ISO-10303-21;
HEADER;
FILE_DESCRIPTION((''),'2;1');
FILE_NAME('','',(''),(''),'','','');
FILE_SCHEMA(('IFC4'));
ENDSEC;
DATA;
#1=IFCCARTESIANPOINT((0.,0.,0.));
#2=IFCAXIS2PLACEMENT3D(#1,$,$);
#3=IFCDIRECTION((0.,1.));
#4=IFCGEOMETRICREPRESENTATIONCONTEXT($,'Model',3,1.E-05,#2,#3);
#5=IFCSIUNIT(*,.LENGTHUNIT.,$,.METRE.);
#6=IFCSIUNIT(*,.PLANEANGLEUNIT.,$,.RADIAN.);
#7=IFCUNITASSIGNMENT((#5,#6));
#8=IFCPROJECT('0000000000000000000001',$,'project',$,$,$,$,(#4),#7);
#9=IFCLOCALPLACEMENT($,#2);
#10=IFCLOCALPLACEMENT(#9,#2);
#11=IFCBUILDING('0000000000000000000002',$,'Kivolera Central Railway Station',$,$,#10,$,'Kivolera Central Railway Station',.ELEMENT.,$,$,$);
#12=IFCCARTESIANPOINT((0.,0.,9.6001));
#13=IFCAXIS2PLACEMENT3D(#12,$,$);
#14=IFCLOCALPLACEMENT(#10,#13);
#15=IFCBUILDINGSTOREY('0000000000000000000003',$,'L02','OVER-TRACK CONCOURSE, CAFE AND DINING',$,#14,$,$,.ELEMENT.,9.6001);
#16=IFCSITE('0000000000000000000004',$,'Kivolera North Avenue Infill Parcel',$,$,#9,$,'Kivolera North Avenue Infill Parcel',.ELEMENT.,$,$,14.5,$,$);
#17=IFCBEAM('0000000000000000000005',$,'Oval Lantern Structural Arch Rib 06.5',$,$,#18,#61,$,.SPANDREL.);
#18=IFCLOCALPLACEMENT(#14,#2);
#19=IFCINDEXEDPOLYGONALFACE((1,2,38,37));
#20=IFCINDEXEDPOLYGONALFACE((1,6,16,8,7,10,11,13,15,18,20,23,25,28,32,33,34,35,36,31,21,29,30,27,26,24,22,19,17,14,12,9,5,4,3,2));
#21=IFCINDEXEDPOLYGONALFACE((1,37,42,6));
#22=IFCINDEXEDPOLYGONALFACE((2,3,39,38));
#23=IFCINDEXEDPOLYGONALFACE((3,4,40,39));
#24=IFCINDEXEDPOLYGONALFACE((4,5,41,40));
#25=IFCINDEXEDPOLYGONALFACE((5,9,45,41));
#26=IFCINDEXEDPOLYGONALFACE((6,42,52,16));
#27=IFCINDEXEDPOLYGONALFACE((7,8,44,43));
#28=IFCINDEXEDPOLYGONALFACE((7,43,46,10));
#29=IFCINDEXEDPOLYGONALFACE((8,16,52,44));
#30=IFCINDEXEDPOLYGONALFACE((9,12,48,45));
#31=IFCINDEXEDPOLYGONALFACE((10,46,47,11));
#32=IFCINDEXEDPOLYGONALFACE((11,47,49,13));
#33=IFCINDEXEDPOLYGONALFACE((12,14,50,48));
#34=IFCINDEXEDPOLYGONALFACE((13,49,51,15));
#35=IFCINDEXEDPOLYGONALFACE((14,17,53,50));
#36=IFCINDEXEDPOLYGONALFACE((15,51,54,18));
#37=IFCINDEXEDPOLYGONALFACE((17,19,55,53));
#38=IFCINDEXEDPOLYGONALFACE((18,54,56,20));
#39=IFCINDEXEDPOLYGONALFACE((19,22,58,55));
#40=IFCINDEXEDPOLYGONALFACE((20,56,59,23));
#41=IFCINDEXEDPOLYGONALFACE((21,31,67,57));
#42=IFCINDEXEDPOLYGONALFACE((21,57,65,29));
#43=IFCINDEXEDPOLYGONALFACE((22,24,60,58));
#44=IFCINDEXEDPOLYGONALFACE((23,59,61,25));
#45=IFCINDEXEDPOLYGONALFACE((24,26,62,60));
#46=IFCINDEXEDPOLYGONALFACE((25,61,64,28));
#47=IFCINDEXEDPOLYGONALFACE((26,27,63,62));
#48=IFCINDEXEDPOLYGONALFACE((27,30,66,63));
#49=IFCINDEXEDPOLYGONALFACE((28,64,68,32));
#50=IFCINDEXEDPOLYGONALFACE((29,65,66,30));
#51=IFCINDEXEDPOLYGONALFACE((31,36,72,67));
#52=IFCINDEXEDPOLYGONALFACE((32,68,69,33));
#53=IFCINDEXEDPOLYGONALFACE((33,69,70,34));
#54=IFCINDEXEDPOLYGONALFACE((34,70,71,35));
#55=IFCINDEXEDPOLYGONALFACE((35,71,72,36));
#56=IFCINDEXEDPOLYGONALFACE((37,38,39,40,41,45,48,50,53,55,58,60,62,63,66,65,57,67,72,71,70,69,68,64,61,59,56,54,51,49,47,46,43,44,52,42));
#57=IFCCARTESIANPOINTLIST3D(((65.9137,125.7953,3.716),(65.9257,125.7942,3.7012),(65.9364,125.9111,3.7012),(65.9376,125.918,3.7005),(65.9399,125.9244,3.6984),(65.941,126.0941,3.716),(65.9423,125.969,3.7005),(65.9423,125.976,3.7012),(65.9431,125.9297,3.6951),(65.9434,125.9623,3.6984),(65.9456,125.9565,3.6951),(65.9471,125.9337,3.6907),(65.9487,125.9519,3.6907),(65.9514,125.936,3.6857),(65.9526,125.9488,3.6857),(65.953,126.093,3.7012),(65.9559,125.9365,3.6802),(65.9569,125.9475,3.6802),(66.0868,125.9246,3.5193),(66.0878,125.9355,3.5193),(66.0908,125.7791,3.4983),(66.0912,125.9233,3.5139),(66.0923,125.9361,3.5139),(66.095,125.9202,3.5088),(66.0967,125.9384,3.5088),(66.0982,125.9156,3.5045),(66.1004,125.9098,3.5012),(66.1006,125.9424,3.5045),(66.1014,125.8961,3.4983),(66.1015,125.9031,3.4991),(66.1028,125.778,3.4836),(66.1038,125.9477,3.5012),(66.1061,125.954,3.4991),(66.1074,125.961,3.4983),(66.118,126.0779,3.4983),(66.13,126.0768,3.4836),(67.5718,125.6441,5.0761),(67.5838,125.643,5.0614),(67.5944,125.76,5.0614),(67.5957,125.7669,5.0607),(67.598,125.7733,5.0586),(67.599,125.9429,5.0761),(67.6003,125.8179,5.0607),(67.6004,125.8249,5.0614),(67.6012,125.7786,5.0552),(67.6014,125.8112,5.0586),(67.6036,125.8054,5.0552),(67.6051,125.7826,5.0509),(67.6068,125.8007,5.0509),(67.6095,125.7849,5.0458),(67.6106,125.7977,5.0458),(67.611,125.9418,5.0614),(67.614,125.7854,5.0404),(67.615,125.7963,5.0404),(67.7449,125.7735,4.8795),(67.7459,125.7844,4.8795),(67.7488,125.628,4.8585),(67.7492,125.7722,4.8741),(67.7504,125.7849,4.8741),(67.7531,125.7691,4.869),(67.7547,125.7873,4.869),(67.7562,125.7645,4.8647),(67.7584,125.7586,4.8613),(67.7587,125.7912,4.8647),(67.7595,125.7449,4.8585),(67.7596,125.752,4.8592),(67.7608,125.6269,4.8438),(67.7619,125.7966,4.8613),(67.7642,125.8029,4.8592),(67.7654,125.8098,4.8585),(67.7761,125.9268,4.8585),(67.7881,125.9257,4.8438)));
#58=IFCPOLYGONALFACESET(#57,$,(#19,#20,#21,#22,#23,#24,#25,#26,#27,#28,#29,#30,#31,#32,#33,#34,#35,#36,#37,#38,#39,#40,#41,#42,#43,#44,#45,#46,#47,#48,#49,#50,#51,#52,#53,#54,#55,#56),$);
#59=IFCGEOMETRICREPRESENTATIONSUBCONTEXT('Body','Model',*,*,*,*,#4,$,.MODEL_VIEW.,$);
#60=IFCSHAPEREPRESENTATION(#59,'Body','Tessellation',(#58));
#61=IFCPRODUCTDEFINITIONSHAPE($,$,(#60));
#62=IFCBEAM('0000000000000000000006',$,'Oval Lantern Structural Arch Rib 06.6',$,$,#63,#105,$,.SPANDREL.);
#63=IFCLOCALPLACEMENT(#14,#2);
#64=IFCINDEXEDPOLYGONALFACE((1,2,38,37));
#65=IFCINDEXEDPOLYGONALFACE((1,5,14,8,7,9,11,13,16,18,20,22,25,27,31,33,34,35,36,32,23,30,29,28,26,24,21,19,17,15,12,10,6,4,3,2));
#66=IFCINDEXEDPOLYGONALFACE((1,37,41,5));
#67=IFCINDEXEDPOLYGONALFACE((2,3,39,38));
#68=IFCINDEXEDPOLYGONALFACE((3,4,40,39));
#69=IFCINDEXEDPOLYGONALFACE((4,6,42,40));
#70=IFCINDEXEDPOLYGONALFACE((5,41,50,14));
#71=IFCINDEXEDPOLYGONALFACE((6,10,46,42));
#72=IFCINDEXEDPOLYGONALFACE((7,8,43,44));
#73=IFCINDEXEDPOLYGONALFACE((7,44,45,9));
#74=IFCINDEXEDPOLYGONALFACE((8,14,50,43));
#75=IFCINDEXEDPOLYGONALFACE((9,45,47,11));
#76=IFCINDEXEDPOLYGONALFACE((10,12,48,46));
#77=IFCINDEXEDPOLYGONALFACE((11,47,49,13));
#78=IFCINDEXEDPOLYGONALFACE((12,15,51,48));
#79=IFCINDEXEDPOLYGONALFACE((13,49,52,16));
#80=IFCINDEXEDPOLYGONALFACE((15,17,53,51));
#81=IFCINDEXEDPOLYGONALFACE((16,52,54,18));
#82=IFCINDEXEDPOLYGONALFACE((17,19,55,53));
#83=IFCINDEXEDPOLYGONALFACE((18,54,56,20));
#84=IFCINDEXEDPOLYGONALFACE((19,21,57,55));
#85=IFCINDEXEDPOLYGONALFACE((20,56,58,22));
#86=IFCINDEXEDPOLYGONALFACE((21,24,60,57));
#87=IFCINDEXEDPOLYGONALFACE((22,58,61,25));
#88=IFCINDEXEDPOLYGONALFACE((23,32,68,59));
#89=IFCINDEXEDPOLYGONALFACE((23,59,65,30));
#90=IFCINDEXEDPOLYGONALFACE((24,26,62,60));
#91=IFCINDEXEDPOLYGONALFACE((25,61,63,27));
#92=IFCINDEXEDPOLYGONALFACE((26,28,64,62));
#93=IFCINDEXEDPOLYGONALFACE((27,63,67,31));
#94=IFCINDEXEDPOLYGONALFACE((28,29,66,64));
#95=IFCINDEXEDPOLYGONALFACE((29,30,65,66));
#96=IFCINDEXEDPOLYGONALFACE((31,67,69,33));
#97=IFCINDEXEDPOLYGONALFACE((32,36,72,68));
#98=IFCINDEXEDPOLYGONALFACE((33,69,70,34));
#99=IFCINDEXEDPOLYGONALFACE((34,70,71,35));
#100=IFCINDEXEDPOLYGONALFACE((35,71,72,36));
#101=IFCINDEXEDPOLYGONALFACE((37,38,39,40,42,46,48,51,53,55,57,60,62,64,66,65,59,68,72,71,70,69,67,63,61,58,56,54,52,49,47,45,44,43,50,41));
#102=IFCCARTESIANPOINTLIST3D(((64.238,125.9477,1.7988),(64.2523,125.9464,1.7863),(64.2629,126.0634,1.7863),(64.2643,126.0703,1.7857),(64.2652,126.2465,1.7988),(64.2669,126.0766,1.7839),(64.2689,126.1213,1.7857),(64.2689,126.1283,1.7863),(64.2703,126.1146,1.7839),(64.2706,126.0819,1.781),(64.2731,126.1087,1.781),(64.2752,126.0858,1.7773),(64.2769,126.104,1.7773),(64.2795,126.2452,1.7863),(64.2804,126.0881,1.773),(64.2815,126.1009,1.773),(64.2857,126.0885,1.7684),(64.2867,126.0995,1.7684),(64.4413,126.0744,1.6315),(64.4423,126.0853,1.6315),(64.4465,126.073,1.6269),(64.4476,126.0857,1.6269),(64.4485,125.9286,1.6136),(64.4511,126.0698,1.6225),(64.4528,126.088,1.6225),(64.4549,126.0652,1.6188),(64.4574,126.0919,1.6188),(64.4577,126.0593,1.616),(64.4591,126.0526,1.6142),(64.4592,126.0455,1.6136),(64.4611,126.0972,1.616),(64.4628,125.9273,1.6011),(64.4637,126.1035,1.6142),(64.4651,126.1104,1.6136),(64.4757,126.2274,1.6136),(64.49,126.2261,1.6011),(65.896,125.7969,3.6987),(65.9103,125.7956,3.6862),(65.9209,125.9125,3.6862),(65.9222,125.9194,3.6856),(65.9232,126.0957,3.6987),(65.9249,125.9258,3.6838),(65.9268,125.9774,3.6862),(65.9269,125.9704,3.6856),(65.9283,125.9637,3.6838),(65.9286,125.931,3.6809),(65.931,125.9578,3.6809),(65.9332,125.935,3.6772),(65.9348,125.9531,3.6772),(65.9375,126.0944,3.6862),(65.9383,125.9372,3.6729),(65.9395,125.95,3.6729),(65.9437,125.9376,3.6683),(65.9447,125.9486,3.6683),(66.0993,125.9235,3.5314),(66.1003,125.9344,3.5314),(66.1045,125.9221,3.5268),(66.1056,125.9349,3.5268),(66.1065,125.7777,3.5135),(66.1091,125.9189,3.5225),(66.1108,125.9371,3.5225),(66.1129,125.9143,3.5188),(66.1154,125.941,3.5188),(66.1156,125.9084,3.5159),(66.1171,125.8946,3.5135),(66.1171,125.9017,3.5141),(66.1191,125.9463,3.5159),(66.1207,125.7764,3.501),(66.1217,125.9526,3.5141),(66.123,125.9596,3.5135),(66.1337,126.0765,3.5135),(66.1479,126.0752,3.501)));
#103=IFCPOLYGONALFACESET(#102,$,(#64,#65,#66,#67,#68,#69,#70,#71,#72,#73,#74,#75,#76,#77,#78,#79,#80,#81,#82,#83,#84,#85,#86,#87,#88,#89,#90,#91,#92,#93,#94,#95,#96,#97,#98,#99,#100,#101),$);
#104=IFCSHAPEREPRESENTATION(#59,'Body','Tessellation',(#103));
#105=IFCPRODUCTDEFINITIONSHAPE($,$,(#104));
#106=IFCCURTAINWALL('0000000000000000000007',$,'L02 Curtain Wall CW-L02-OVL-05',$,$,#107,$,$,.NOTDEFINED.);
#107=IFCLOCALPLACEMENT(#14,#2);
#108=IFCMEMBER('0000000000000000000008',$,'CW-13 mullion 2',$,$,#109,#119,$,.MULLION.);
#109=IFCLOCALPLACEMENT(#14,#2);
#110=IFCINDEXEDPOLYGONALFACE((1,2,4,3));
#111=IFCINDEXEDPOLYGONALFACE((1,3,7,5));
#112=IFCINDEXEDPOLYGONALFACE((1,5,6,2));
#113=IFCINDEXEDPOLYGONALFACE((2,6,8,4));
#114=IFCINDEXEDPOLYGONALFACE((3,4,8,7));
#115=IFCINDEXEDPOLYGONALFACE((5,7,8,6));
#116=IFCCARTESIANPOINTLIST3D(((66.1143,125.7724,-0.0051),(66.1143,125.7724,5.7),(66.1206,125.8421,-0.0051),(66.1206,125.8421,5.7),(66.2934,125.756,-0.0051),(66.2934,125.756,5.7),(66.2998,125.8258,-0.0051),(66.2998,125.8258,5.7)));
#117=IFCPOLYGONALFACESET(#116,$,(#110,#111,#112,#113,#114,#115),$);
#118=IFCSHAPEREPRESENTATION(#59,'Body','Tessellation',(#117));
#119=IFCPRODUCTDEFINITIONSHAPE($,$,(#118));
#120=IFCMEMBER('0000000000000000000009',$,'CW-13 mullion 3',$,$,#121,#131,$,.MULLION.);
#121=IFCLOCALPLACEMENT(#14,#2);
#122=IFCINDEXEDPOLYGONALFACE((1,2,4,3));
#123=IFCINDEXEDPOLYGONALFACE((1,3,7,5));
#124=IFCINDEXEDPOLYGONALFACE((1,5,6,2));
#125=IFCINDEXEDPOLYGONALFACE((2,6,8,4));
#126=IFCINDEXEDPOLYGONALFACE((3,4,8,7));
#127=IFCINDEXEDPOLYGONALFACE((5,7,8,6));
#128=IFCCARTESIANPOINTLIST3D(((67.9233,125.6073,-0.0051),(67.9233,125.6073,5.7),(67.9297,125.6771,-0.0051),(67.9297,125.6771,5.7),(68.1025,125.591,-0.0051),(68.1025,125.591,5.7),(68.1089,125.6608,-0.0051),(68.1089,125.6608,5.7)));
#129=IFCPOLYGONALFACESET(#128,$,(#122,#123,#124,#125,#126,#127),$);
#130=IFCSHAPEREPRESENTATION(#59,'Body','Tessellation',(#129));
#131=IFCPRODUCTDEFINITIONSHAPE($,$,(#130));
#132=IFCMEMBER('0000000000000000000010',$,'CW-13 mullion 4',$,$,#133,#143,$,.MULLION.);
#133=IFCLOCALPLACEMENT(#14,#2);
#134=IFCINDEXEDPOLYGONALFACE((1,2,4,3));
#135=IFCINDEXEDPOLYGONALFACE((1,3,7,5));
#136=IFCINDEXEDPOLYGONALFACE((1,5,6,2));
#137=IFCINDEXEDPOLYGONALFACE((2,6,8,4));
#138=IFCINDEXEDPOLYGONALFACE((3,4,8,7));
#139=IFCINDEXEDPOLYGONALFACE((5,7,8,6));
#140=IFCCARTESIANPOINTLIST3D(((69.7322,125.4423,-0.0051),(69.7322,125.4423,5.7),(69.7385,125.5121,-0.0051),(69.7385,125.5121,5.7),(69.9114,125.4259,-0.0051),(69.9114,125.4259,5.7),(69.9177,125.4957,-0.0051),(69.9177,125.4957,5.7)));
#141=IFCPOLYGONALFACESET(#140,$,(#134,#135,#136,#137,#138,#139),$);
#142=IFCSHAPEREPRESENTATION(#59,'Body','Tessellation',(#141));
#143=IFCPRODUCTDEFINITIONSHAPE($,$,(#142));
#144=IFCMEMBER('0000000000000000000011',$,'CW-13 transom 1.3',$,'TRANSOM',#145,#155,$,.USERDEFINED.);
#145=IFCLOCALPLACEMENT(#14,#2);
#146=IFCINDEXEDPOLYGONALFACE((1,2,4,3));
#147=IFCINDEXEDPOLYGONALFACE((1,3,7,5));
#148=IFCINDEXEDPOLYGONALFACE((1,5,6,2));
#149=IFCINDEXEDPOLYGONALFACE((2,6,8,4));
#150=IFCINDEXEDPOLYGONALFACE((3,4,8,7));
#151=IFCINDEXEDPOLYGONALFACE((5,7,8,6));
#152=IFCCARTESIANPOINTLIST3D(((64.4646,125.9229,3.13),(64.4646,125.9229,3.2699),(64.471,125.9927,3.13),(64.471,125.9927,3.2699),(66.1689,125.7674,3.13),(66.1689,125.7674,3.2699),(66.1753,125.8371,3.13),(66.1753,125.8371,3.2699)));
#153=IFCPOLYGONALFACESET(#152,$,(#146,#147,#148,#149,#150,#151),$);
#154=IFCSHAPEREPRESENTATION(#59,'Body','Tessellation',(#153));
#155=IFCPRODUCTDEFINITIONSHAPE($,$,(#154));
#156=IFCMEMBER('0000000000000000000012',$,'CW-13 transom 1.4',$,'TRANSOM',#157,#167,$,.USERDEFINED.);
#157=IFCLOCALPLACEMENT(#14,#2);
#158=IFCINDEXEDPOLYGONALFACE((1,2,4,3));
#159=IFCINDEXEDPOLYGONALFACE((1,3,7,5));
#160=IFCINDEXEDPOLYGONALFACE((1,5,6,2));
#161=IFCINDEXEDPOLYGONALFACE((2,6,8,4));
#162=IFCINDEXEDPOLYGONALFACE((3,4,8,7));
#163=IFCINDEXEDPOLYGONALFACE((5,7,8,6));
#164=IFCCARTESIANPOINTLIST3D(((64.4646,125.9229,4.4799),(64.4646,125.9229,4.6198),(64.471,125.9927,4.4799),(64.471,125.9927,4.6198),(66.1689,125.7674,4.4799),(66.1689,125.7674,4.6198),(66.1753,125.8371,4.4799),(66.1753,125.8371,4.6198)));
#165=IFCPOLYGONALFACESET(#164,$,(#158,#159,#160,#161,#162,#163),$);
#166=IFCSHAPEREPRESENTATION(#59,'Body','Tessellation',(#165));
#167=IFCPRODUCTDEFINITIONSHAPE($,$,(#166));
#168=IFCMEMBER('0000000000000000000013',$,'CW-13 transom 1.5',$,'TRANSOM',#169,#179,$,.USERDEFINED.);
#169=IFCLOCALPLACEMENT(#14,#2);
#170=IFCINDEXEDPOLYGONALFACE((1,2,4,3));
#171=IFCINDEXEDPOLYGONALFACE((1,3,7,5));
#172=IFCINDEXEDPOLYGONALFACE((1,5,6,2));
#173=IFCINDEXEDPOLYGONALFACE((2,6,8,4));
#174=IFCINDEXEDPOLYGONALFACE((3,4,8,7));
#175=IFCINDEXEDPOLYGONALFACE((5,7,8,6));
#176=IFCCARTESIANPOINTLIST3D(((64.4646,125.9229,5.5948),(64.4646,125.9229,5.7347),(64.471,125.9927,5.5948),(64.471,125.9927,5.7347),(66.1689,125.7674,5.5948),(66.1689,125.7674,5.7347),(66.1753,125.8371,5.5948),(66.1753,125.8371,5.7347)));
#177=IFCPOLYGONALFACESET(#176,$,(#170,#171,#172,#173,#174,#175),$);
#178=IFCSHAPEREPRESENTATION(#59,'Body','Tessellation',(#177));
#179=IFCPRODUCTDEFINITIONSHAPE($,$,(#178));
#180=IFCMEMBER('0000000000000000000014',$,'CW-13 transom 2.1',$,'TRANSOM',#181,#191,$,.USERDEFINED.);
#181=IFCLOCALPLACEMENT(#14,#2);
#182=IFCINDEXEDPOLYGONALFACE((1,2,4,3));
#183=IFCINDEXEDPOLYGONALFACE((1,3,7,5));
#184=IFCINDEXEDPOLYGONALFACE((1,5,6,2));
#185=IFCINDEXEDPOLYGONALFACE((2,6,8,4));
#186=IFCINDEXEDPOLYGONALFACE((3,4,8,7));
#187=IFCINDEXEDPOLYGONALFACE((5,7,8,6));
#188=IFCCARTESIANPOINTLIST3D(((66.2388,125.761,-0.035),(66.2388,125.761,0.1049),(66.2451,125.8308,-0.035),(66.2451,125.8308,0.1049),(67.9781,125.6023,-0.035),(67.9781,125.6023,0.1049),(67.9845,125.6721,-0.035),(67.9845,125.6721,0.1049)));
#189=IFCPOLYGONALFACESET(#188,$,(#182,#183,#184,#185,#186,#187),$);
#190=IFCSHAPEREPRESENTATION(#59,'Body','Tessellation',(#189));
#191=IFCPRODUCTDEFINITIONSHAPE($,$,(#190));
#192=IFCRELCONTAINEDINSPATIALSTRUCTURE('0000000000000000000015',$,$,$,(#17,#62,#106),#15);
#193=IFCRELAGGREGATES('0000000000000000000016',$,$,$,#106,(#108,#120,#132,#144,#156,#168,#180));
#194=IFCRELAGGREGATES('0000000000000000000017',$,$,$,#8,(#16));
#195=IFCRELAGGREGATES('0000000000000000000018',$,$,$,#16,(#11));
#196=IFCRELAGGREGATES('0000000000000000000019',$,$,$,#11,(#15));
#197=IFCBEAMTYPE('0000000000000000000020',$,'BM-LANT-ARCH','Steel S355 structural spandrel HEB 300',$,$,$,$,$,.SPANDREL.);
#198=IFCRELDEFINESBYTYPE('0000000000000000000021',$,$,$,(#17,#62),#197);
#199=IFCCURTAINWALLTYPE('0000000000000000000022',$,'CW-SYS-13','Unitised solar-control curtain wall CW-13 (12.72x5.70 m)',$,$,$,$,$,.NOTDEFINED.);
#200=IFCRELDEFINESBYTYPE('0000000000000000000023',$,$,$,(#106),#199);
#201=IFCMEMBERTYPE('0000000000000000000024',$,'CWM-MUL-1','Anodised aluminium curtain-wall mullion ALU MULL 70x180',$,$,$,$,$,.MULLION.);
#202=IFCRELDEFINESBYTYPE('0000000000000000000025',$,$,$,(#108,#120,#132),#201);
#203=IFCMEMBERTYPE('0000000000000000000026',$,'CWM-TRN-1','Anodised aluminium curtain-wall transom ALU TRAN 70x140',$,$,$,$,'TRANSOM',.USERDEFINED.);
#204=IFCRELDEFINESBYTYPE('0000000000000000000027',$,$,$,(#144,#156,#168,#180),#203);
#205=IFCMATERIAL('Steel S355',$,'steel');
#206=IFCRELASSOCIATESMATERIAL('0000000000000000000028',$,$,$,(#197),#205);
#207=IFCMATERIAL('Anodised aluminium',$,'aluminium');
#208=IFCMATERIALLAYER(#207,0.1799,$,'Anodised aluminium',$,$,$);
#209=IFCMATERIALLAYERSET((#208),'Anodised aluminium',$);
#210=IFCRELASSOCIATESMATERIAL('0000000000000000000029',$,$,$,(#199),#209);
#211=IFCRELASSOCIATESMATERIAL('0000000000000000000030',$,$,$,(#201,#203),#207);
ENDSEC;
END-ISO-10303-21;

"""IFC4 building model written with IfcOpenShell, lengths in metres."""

from ifc_helpers import new_model, si_unit, direction, frame, origin, origin_2d, place, context, subcontext, project, spatial, rectangle, i_section, extrude, material, layer, layer_set, material_profile, profile_set, type_object, element, aggregate, save


model = new_model("IFC4")

# Units and contexts
model_context = context("Model", 3, precision=1e-05, world=origin(), true_north=direction((0.0, 1.0)))
body_context = subcontext(model_context, "Body", "Model", "MODEL_VIEW")
ifc_project = project(units=[si_unit("LENGTHUNIT", "METRE"), si_unit("PLANEANGLEUNIT", "RADIAN")], contexts=[model_context])

# Site, building, storey
site_placement = place(None, origin())
site = spatial("IfcSite", under=ifc_project, at=site_placement, Name="Kivolera North Avenue Infill Parcel", LongName="Kivolera North Avenue Infill Parcel", CompositionType="ELEMENT", RefElevation=14.5)
building_placement = place(site_placement, origin())
building = spatial("IfcBuilding", under=site, at=building_placement, Name="Kivolera Central Railway Station", LongName="Kivolera Central Railway Station", CompositionType="ELEMENT")
storey_placement = place(building_placement, frame((0.0, 0.0, 9.6001)))
storey = spatial("IfcBuildingStorey", under=building, at=storey_placement, Name="L02", Description="OVER-TRACK CONCOURSE, CAFE AND DINING", CompositionType="ELEMENT", Elevation=9.6001)

# Beams
ifc_material_1 = material(Name="Steel S355", Category="steel")
ifc_material_profile_1 = material_profile(ifc_material_1, i_section(OverallWidth=0.3, OverallDepth=0.3, WebThickness=0.011, FlangeThickness=0.019, FilletRadius=0.0271, at=origin_2d()), Name="HEB 300")
ifc_profile_set_1 = profile_set([ifc_material_profile_1], Name="Steel S355")
beam_type = type_object("IfcBeamType", Name="BM-LANT-ARCH", Description="Steel S355 structural spandrel HEB 300", PredefinedType="SPANDREL", material=ifc_profile_set_1)
beam_1_placement = place(storey_placement, frame((67.6799, 125.7849, 4.96), z_axis=(-0.771222, 0.070297, -0.632673), x_axis=(-0.090774, -0.995872, 0.0)))
element("IfcBeam", 1, at=beam_1_placement, inside=storey, type_object=beam_type, Name="Oval Lantern Structural Arch Rib 06.5", PredefinedType="SPANDREL", context=body_context, shape_type="SweptSolid", body=[
    extrude(i_section(OverallWidth=0.3, OverallDepth=0.3, WebThickness=0.011, FlangeThickness=0.019, FilletRadius=0.0271, at=origin_2d()), origin(), (0.0, 0.0, 1.0), 2.1499),
])
beam_2_placement = place(storey_placement, frame((66.022, 125.936, 3.5999), z_axis=(-0.656329, 0.059728, -0.752107), x_axis=(-0.090628, -0.995885, 0.0)))
element("IfcBeam", 2, at=beam_2_placement, inside=storey, type_object=beam_type, Name="Oval Lantern Structural Arch Rib 06.6", PredefinedType="SPANDREL", context=body_context, shape_type="SweptSolid", body=[
    extrude(i_section(OverallWidth=0.3, OverallDepth=0.3, WebThickness=0.011, FlangeThickness=0.019, FilletRadius=0.0271, at=origin_2d()), origin(), (0.0, 0.0, 1.0), 2.5261),
])

# Curtain wall, members
ifc_material_2 = material(Name="Anodised aluminium", Category="aluminium")
ifc_layer_1 = layer(ifc_material_2, 0.1799, Name="Anodised aluminium")
ifc_layer_set_1 = layer_set([ifc_layer_1], Name="Anodised aluminium")
curtain_wall_type = type_object("IfcCurtainWallType", Name="CW-SYS-13", Description="Unitised solar-control curtain wall CW-13 (12.72x5.70 m)", PredefinedType="NOTDEFINED", material=ifc_layer_set_1)
curtain_wall_placement = place(storey_placement, origin())
curtain_wall = element("IfcCurtainWall", 3, at=curtain_wall_placement, inside=storey, type_object=curtain_wall_type, Name="L02 Curtain Wall CW-L02-OVL-05", PredefinedType="NOTDEFINED")
ifc_material_profile_2 = material_profile(ifc_material_2, rectangle(XDim=0.0701, YDim=0.1799, at=origin_2d()), Name="ALU MULL 70x180")
ifc_profile_set_2 = profile_set([ifc_material_profile_2], Name="Anodised aluminium")
member_type_1 = type_object("IfcMemberType", Name="CWM-MUL-1", Description="Anodised aluminium curtain-wall mullion ALU MULL 70x180", PredefinedType="MULLION", material=ifc_profile_set_2)
member_1_placement = place(storey_placement, frame((66.207, 125.7991, -0.0051), z_axis=(0.0, 0.0, 1.0), x_axis=(0.090834, 0.995866, 0.0)))
member_1 = element("IfcMember", 4, at=member_1_placement, type_object=member_type_1, Name="CW-13 mullion 2", PredefinedType="MULLION", context=body_context, shape_type="SweptSolid", body=[
    extrude(rectangle(XDim=0.0701, YDim=0.1799, at=origin_2d()), origin(), (0.0, 0.0, 1.0), 5.7051),
])
member_2_placement = place(storey_placement, frame((68.0161, 125.634, -0.0051), z_axis=(0.0, 0.0, 1.0), x_axis=(0.090834, 0.995866, 0.0)))
member_2 = element("IfcMember", 5, at=member_2_placement, type_object=member_type_1, Name="CW-13 mullion 3", PredefinedType="MULLION", context=body_context, shape_type="SweptSolid", body=[
    extrude(rectangle(XDim=0.0701, YDim=0.1799, at=origin_2d()), origin(), (0.0, 0.0, 1.0), 5.7051),
])
member_3_placement = place(storey_placement, frame((69.825, 125.469, -0.0051), z_axis=(0.0, 0.0, 1.0), x_axis=(0.090834, 0.995866, 0.0)))
member_3 = element("IfcMember", 6, at=member_3_placement, type_object=member_type_1, Name="CW-13 mullion 4", PredefinedType="MULLION", context=body_context, shape_type="SweptSolid", body=[
    extrude(rectangle(XDim=0.0701, YDim=0.1799, at=origin_2d()), origin(), (0.0, 0.0, 1.0), 5.7051),
])
ifc_material_profile_3 = material_profile(ifc_material_2, rectangle(XDim=0.0701, YDim=0.1399, at=origin_2d()), Name="ALU TRAN 70x140")
ifc_profile_set_3 = profile_set([ifc_material_profile_3], Name="Anodised aluminium")
member_type_2 = type_object("IfcMemberType", Name="CWM-TRN-1", Description="Anodised aluminium curtain-wall transom ALU TRAN 70x140", ElementType="TRANSOM", PredefinedType="USERDEFINED", material=ifc_profile_set_3)
member_4_placement = place(storey_placement, frame((64.4678, 125.9578, 3.2), z_axis=(0.995863, -0.09087, 0.0), x_axis=(0.09087, 0.995863, 0.0)))
member_4 = element("IfcMember", 7, at=member_4_placement, type_object=member_type_2, Name="CW-13 transom 1.3", ObjectType="TRANSOM", PredefinedType="USERDEFINED", context=body_context, shape_type="SweptSolid", body=[
    extrude(rectangle(XDim=0.0701, YDim=0.1399, at=origin_2d()), origin(), (0.0, 0.0, 1.0), 1.7114),
])
member_5_placement = place(storey_placement, frame((64.4678, 125.9578, 4.5498), z_axis=(0.995863, -0.09087, 0.0), x_axis=(0.09087, 0.995863, 0.0)))
member_5 = element("IfcMember", 8, at=member_5_placement, type_object=member_type_2, Name="CW-13 transom 1.4", ObjectType="TRANSOM", PredefinedType="USERDEFINED", context=body_context, shape_type="SweptSolid", body=[
    extrude(rectangle(XDim=0.0701, YDim=0.1399, at=origin_2d()), origin(), (0.0, 0.0, 1.0), 1.7114),
])
member_6_placement = place(storey_placement, frame((64.4678, 125.9578, 5.6648), z_axis=(0.995863, -0.09087, 0.0), x_axis=(0.09087, 0.995863, 0.0)))
member_6 = element("IfcMember", 9, at=member_6_placement, type_object=member_type_2, Name="CW-13 transom 1.5", ObjectType="TRANSOM", PredefinedType="USERDEFINED", context=body_context, shape_type="SweptSolid", body=[
    extrude(rectangle(XDim=0.0701, YDim=0.1399, at=origin_2d()), origin(), (0.0, 0.0, 1.0), 1.7114),
])
member_7_placement = place(storey_placement, frame((66.2419, 125.7959, 0.0349), z_axis=(0.995863, -0.090863, 0.0), x_axis=(0.090863, 0.995863, 0.0)))
member_7 = element("IfcMember", 10, at=member_7_placement, type_object=member_type_2, Name="CW-13 transom 2.1", ObjectType="TRANSOM", PredefinedType="USERDEFINED", context=body_context, shape_type="SweptSolid", body=[
    extrude(rectangle(XDim=0.0701, YDim=0.1399, at=origin_2d()), origin(), (0.0, 0.0, 1.0), 1.7466),
])
aggregate(curtain_wall, [member_1, member_2, member_3, member_4, member_5, member_6, member_7])

save(model, "model.ifc")
